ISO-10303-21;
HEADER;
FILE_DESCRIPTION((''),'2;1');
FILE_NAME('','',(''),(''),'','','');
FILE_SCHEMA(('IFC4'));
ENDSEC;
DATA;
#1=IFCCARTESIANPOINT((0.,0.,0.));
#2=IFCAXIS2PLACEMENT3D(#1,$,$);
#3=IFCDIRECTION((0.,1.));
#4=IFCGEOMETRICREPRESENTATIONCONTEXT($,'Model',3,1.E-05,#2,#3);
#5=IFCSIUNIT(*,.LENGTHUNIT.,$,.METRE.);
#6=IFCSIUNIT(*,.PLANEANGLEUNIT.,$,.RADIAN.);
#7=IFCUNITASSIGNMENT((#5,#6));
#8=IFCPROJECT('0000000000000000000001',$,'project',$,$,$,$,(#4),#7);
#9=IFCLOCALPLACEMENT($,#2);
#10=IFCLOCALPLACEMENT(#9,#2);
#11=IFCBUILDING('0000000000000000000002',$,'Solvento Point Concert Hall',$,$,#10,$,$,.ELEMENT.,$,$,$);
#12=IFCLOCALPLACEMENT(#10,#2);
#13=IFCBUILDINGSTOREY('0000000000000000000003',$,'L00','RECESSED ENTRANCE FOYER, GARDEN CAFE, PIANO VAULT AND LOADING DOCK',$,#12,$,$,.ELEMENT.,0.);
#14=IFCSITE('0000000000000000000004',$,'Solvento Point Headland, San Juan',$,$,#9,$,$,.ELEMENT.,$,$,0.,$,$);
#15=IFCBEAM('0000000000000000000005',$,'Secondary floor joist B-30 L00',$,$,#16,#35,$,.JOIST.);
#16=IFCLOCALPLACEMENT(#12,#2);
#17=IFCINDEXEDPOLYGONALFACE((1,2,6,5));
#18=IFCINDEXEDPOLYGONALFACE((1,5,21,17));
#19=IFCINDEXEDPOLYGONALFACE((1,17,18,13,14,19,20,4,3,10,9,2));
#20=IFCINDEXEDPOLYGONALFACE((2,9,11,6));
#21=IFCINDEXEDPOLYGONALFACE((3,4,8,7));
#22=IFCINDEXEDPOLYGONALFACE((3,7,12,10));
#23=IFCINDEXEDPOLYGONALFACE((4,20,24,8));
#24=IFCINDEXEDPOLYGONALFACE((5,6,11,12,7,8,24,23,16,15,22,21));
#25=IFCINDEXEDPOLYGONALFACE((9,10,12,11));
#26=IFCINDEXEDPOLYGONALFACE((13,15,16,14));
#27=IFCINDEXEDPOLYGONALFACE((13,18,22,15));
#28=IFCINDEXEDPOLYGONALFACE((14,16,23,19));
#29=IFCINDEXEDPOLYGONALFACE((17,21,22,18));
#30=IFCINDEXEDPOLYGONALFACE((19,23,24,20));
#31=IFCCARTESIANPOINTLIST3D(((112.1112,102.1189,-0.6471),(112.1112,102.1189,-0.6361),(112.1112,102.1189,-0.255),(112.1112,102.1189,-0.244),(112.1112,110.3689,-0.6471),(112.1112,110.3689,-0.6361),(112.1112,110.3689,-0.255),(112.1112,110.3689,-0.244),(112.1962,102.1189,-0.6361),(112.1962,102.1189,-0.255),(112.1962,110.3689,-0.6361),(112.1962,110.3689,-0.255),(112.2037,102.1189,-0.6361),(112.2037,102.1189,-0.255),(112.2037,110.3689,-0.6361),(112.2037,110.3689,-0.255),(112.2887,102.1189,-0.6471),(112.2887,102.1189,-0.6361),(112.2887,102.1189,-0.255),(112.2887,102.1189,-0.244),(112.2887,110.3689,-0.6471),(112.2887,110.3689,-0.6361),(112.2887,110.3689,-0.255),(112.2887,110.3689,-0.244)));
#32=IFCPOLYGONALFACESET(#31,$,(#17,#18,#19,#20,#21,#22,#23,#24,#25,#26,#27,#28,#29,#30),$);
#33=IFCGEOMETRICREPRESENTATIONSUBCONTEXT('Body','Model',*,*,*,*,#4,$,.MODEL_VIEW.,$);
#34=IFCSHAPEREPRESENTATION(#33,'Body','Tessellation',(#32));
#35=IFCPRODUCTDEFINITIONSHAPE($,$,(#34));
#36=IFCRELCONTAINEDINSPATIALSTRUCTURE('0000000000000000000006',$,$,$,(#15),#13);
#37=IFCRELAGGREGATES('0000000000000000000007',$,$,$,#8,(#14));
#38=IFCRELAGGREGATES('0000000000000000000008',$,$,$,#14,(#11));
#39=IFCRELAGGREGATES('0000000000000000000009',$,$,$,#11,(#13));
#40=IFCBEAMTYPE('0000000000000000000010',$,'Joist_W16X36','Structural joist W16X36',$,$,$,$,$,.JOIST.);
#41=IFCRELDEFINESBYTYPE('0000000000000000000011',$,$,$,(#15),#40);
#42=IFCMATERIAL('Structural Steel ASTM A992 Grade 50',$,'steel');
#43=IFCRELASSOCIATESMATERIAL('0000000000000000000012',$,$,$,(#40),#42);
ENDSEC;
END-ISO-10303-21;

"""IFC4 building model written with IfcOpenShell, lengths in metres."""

from ifc_helpers import new_model, si_unit, direction, frame, origin, origin_2d, place, context, subcontext, project, spatial, i_section, extrude, material, material_profile, profile_set, type_object, element, save


model = new_model("IFC4")

# Units and contexts
model_context = context("Model", 3, precision=1e-05, world=origin(), true_north=direction((0.0, 1.0)))
body_context = subcontext(model_context, "Body", "Model", "MODEL_VIEW")
ifc_project = project(units=[si_unit("LENGTHUNIT", "METRE"), si_unit("PLANEANGLEUNIT", "RADIAN")], contexts=[model_context])

# Site, building, storey
site_placement = place(None, origin())
site = spatial("IfcSite", under=ifc_project, at=site_placement, Name="Solvento Point Headland, San Juan", CompositionType="ELEMENT", RefElevation=0.0)
building_placement = place(site_placement, origin())
building = spatial("IfcBuilding", under=site, at=building_placement, Name="Solvento Point Concert Hall", CompositionType="ELEMENT")
storey_placement = place(building_placement, origin())
storey = spatial("IfcBuildingStorey", under=building, at=storey_placement, Name="L00", Description="RECESSED ENTRANCE FOYER, GARDEN CAFE, PIANO VAULT AND LOADING DOCK", CompositionType="ELEMENT", Elevation=0.0)

# Beam
ifc_material_1 = material(Name="Structural Steel ASTM A992 Grade 50", Category="steel")
ifc_material_profile_1 = material_profile(ifc_material_1, i_section(OverallWidth=0.1775, OverallDepth=0.4031, WebThickness=0.0076, FlangeThickness=0.011, at=origin_2d()), Name="W16X36")
ifc_profile_set_1 = profile_set([ifc_material_profile_1], Name="Structural Steel ASTM A992 Grade 50")
beam_type_1 = type_object("IfcBeamType", Name="Joist_W16X36", Description="Structural joist W16X36", PredefinedType="JOIST", material=ifc_profile_set_1)
beam_1_placement = place(storey_placement, frame((112.2, 102.1189, -0.4456), z_axis=(0.0, 1.0, 0.0), x_axis=(-1.0, 0.0, 0.0)))
element("IfcBeam", 1, at=beam_1_placement, inside=storey, type_object=beam_type_1, Name="Secondary floor joist B-30 L00", PredefinedType="JOIST", context=body_context, shape_type="SweptSolid", body=[
    extrude(i_section(OverallWidth=0.1775, OverallDepth=0.4031, WebThickness=0.0076, FlangeThickness=0.011, at=origin_2d()), origin(), (0.0, 0.0, 1.0), 8.25),
])

save(model, "model.ifc")
